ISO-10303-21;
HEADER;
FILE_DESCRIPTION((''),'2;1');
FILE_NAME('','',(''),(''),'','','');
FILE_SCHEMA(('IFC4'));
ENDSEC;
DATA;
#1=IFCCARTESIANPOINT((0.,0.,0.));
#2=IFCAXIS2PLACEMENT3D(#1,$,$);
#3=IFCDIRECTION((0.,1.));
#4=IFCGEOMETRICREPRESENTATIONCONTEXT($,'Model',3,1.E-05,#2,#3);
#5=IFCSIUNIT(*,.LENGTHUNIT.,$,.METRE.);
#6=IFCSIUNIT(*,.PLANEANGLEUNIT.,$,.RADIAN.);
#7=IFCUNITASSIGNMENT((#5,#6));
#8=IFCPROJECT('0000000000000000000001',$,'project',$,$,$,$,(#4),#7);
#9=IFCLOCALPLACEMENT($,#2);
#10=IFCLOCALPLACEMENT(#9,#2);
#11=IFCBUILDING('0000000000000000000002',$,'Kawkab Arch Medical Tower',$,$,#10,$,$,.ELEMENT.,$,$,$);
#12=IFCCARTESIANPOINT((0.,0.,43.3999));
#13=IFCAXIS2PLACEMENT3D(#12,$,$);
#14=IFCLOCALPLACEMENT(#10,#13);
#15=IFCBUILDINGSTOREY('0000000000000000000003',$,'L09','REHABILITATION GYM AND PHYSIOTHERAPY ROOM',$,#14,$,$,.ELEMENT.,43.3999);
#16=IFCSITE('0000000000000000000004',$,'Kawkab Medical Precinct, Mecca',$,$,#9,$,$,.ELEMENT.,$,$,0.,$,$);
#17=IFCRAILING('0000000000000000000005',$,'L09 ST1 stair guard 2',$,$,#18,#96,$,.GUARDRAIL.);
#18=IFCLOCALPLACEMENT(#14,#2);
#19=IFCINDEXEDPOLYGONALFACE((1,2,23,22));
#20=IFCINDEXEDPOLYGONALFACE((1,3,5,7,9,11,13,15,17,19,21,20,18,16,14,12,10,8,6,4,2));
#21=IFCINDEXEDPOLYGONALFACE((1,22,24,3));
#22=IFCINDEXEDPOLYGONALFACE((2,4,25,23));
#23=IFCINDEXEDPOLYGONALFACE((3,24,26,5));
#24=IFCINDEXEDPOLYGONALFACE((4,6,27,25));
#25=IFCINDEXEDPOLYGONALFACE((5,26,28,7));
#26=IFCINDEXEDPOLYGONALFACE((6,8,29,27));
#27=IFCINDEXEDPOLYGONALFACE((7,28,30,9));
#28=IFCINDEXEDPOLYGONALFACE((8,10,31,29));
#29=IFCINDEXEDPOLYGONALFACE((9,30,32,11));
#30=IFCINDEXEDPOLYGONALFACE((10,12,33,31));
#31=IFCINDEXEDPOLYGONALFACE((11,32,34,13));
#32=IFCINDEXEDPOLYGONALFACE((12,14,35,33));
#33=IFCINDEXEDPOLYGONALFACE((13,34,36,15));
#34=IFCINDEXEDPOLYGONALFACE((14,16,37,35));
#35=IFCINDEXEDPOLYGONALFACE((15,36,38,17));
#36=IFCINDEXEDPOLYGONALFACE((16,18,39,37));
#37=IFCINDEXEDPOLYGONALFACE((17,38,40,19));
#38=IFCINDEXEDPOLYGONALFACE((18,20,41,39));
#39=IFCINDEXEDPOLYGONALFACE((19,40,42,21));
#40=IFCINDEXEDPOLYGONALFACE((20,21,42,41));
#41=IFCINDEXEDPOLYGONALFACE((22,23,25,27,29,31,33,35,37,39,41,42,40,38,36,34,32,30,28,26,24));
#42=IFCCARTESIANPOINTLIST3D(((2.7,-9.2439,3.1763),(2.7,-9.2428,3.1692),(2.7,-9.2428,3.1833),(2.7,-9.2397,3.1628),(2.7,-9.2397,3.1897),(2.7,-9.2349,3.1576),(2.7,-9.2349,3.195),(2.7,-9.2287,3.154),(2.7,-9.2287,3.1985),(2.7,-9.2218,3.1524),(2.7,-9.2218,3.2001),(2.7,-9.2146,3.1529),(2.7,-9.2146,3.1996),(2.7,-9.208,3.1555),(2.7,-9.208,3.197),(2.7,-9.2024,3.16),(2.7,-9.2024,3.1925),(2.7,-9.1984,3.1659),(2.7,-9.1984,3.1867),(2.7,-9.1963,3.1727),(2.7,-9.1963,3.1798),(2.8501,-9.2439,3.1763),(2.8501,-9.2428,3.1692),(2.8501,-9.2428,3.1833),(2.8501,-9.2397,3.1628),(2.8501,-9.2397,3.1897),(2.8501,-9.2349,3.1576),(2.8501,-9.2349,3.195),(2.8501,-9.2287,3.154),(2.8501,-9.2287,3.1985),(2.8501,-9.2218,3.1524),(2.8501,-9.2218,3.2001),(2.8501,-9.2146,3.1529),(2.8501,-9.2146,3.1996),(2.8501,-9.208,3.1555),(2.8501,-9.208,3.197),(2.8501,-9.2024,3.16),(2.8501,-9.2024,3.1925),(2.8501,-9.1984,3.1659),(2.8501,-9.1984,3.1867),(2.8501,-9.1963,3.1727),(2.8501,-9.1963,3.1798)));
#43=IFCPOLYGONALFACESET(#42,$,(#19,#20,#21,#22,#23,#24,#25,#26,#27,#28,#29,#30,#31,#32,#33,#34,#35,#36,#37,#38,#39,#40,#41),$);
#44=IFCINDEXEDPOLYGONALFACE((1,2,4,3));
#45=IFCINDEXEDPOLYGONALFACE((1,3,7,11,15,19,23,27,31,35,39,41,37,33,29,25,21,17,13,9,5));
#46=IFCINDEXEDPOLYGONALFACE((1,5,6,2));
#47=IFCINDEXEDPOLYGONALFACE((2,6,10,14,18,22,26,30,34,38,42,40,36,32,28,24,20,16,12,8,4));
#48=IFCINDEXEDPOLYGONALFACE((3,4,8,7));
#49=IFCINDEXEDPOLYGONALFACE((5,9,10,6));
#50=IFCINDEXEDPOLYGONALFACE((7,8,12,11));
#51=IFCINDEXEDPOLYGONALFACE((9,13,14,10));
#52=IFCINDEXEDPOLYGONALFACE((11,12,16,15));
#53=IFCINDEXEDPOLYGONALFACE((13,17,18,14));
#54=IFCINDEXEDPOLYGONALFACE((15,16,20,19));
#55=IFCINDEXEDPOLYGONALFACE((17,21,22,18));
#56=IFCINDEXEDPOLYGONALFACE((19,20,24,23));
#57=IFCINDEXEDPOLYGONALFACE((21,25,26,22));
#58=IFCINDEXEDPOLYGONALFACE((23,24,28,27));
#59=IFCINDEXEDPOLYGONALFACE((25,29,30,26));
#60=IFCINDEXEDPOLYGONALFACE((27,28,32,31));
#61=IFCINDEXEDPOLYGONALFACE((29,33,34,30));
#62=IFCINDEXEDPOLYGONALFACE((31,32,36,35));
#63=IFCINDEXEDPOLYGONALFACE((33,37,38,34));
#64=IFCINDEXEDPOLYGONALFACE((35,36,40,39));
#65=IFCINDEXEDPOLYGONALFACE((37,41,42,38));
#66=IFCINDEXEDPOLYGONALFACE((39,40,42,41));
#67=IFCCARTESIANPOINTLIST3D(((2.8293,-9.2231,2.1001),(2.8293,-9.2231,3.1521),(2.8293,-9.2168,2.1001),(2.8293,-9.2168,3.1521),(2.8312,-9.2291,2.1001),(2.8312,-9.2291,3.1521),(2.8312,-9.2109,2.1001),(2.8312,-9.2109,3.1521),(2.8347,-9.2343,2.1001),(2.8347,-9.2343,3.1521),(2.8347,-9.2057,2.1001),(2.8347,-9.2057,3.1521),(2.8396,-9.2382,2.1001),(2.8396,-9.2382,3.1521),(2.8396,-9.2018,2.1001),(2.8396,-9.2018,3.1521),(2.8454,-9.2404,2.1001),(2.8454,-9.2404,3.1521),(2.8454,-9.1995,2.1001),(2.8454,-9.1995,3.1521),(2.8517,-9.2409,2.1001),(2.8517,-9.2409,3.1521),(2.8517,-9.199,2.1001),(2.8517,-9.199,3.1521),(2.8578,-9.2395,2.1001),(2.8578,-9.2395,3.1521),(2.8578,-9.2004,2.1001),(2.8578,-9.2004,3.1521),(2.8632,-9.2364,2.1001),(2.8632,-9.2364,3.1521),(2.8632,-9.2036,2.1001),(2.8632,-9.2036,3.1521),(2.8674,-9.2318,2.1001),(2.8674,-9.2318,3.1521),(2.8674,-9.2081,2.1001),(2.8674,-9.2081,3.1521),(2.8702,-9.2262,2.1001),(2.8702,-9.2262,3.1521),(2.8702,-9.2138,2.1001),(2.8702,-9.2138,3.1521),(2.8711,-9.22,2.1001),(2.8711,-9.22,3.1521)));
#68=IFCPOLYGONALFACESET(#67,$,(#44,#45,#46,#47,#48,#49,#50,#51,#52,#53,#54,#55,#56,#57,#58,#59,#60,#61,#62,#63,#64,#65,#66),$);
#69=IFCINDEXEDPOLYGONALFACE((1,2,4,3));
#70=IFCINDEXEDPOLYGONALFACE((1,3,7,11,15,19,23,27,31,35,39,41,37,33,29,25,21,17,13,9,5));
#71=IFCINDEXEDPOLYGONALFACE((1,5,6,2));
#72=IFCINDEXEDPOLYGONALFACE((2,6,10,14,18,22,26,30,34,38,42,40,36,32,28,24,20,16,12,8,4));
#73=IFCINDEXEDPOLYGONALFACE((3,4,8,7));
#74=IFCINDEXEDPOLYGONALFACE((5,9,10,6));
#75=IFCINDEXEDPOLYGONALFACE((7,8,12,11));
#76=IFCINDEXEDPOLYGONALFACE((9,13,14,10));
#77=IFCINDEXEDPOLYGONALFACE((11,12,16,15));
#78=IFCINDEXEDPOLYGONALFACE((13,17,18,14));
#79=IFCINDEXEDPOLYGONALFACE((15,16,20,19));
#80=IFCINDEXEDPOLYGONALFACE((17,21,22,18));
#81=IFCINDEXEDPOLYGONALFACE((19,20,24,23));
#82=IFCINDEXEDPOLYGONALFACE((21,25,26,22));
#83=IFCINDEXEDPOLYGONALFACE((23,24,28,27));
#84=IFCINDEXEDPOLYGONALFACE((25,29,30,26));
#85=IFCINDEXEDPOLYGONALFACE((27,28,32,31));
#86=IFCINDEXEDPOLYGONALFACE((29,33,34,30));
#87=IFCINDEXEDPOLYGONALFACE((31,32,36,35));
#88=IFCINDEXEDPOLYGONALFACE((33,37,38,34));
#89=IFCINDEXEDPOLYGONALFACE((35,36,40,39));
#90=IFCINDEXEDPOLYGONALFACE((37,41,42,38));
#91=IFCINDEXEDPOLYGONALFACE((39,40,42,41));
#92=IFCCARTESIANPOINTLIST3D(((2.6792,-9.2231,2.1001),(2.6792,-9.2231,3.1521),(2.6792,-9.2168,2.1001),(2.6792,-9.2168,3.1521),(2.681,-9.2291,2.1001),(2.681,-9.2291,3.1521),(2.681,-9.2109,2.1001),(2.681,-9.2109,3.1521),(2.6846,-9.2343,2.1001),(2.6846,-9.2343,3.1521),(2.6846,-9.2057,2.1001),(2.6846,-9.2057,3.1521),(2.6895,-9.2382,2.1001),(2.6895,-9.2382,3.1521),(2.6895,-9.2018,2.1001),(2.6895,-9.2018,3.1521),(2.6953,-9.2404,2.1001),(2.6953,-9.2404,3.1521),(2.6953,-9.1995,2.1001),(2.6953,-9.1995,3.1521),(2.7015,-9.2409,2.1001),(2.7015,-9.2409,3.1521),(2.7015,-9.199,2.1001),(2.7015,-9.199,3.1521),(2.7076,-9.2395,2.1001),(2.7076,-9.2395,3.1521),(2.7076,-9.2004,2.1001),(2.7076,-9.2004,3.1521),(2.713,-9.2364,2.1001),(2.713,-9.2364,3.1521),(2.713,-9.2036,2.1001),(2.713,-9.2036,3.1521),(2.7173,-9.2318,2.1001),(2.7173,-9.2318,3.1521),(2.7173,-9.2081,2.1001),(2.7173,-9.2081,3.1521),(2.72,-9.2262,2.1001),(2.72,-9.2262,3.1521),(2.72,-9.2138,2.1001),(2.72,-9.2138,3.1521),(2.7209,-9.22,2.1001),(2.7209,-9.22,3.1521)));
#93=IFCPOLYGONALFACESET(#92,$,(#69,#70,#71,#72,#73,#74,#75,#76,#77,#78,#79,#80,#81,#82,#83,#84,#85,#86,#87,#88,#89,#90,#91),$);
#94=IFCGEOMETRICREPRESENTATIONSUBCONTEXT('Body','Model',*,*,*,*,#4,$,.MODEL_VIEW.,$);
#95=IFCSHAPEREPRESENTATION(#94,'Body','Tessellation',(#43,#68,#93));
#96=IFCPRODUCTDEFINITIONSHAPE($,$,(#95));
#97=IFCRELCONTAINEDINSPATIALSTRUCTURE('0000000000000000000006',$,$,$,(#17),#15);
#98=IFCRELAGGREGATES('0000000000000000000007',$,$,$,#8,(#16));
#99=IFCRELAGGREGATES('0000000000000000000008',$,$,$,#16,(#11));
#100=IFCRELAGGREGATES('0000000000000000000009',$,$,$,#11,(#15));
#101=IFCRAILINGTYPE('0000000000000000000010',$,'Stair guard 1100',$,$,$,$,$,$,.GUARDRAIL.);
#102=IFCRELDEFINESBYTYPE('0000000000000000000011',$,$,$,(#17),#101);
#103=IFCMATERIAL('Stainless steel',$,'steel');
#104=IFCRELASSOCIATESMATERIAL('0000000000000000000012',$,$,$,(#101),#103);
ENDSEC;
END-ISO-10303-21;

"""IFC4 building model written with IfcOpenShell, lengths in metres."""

from ifc_helpers import new_model, si_unit, direction, frame, origin, origin_2d, place, context, subcontext, project, spatial, circle, extrude, material, type_object, element, save


model = new_model("IFC4")

# Units and contexts
model_context = context("Model", 3, precision=1e-05, world=origin(), true_north=direction((0.0, 1.0)))
body_context = subcontext(model_context, "Body", "Model", "MODEL_VIEW")
ifc_project = project(units=[si_unit("LENGTHUNIT", "METRE"), si_unit("PLANEANGLEUNIT", "RADIAN")], contexts=[model_context])

# Site, building, storey
site_placement = place(None, origin())
site = spatial("IfcSite", under=ifc_project, at=site_placement, Name="Kawkab Medical Precinct, Mecca", CompositionType="ELEMENT", RefElevation=0.0)
building_placement = place(site_placement, origin())
building = spatial("IfcBuilding", under=site, at=building_placement, Name="Kawkab Arch Medical Tower", CompositionType="ELEMENT")
storey_placement = place(building_placement, frame((0.0, 0.0, 43.3999)))
storey = spatial("IfcBuildingStorey", under=building, at=storey_placement, Name="L09", Description="REHABILITATION GYM AND PHYSIOTHERAPY ROOM", CompositionType="ELEMENT", Elevation=43.3999)

# Railing
ifc_material_1 = material(Name="Stainless steel", Category="steel")
railing_type_1 = type_object("IfcRailingType", Name="Stair guard 1100", PredefinedType="GUARDRAIL", material=ifc_material_1)
railing_1_placement = place(storey_placement, frame((2.8501, -9.22, 2.1001)))
element("IfcRailing", 1, at=railing_1_placement, inside=storey, type_object=railing_type_1, Name="L09 ST1 stair guard 2", PredefinedType="GUARDRAIL", context=body_context, shape_type="SweptSolid", body=[
    extrude(circle(Radius=0.0239, at=origin_2d()), frame((0.0, 0.0, 1.0762), z_axis=(-1.0, 0.0, 0.0), x_axis=(0.0, -1.0, 0.0)), (0.0, 0.0, 1.0), 0.1501),
    extrude(circle(Radius=0.021, at=origin_2d()), origin(), (0.0, 0.0, 1.0), 1.052),
    extrude(circle(Radius=0.021, at=origin_2d()), frame((-0.1501, 0.0, 0.0)), (0.0, 0.0, 1.0), 1.052),
])

save(model, "model.ifc")
